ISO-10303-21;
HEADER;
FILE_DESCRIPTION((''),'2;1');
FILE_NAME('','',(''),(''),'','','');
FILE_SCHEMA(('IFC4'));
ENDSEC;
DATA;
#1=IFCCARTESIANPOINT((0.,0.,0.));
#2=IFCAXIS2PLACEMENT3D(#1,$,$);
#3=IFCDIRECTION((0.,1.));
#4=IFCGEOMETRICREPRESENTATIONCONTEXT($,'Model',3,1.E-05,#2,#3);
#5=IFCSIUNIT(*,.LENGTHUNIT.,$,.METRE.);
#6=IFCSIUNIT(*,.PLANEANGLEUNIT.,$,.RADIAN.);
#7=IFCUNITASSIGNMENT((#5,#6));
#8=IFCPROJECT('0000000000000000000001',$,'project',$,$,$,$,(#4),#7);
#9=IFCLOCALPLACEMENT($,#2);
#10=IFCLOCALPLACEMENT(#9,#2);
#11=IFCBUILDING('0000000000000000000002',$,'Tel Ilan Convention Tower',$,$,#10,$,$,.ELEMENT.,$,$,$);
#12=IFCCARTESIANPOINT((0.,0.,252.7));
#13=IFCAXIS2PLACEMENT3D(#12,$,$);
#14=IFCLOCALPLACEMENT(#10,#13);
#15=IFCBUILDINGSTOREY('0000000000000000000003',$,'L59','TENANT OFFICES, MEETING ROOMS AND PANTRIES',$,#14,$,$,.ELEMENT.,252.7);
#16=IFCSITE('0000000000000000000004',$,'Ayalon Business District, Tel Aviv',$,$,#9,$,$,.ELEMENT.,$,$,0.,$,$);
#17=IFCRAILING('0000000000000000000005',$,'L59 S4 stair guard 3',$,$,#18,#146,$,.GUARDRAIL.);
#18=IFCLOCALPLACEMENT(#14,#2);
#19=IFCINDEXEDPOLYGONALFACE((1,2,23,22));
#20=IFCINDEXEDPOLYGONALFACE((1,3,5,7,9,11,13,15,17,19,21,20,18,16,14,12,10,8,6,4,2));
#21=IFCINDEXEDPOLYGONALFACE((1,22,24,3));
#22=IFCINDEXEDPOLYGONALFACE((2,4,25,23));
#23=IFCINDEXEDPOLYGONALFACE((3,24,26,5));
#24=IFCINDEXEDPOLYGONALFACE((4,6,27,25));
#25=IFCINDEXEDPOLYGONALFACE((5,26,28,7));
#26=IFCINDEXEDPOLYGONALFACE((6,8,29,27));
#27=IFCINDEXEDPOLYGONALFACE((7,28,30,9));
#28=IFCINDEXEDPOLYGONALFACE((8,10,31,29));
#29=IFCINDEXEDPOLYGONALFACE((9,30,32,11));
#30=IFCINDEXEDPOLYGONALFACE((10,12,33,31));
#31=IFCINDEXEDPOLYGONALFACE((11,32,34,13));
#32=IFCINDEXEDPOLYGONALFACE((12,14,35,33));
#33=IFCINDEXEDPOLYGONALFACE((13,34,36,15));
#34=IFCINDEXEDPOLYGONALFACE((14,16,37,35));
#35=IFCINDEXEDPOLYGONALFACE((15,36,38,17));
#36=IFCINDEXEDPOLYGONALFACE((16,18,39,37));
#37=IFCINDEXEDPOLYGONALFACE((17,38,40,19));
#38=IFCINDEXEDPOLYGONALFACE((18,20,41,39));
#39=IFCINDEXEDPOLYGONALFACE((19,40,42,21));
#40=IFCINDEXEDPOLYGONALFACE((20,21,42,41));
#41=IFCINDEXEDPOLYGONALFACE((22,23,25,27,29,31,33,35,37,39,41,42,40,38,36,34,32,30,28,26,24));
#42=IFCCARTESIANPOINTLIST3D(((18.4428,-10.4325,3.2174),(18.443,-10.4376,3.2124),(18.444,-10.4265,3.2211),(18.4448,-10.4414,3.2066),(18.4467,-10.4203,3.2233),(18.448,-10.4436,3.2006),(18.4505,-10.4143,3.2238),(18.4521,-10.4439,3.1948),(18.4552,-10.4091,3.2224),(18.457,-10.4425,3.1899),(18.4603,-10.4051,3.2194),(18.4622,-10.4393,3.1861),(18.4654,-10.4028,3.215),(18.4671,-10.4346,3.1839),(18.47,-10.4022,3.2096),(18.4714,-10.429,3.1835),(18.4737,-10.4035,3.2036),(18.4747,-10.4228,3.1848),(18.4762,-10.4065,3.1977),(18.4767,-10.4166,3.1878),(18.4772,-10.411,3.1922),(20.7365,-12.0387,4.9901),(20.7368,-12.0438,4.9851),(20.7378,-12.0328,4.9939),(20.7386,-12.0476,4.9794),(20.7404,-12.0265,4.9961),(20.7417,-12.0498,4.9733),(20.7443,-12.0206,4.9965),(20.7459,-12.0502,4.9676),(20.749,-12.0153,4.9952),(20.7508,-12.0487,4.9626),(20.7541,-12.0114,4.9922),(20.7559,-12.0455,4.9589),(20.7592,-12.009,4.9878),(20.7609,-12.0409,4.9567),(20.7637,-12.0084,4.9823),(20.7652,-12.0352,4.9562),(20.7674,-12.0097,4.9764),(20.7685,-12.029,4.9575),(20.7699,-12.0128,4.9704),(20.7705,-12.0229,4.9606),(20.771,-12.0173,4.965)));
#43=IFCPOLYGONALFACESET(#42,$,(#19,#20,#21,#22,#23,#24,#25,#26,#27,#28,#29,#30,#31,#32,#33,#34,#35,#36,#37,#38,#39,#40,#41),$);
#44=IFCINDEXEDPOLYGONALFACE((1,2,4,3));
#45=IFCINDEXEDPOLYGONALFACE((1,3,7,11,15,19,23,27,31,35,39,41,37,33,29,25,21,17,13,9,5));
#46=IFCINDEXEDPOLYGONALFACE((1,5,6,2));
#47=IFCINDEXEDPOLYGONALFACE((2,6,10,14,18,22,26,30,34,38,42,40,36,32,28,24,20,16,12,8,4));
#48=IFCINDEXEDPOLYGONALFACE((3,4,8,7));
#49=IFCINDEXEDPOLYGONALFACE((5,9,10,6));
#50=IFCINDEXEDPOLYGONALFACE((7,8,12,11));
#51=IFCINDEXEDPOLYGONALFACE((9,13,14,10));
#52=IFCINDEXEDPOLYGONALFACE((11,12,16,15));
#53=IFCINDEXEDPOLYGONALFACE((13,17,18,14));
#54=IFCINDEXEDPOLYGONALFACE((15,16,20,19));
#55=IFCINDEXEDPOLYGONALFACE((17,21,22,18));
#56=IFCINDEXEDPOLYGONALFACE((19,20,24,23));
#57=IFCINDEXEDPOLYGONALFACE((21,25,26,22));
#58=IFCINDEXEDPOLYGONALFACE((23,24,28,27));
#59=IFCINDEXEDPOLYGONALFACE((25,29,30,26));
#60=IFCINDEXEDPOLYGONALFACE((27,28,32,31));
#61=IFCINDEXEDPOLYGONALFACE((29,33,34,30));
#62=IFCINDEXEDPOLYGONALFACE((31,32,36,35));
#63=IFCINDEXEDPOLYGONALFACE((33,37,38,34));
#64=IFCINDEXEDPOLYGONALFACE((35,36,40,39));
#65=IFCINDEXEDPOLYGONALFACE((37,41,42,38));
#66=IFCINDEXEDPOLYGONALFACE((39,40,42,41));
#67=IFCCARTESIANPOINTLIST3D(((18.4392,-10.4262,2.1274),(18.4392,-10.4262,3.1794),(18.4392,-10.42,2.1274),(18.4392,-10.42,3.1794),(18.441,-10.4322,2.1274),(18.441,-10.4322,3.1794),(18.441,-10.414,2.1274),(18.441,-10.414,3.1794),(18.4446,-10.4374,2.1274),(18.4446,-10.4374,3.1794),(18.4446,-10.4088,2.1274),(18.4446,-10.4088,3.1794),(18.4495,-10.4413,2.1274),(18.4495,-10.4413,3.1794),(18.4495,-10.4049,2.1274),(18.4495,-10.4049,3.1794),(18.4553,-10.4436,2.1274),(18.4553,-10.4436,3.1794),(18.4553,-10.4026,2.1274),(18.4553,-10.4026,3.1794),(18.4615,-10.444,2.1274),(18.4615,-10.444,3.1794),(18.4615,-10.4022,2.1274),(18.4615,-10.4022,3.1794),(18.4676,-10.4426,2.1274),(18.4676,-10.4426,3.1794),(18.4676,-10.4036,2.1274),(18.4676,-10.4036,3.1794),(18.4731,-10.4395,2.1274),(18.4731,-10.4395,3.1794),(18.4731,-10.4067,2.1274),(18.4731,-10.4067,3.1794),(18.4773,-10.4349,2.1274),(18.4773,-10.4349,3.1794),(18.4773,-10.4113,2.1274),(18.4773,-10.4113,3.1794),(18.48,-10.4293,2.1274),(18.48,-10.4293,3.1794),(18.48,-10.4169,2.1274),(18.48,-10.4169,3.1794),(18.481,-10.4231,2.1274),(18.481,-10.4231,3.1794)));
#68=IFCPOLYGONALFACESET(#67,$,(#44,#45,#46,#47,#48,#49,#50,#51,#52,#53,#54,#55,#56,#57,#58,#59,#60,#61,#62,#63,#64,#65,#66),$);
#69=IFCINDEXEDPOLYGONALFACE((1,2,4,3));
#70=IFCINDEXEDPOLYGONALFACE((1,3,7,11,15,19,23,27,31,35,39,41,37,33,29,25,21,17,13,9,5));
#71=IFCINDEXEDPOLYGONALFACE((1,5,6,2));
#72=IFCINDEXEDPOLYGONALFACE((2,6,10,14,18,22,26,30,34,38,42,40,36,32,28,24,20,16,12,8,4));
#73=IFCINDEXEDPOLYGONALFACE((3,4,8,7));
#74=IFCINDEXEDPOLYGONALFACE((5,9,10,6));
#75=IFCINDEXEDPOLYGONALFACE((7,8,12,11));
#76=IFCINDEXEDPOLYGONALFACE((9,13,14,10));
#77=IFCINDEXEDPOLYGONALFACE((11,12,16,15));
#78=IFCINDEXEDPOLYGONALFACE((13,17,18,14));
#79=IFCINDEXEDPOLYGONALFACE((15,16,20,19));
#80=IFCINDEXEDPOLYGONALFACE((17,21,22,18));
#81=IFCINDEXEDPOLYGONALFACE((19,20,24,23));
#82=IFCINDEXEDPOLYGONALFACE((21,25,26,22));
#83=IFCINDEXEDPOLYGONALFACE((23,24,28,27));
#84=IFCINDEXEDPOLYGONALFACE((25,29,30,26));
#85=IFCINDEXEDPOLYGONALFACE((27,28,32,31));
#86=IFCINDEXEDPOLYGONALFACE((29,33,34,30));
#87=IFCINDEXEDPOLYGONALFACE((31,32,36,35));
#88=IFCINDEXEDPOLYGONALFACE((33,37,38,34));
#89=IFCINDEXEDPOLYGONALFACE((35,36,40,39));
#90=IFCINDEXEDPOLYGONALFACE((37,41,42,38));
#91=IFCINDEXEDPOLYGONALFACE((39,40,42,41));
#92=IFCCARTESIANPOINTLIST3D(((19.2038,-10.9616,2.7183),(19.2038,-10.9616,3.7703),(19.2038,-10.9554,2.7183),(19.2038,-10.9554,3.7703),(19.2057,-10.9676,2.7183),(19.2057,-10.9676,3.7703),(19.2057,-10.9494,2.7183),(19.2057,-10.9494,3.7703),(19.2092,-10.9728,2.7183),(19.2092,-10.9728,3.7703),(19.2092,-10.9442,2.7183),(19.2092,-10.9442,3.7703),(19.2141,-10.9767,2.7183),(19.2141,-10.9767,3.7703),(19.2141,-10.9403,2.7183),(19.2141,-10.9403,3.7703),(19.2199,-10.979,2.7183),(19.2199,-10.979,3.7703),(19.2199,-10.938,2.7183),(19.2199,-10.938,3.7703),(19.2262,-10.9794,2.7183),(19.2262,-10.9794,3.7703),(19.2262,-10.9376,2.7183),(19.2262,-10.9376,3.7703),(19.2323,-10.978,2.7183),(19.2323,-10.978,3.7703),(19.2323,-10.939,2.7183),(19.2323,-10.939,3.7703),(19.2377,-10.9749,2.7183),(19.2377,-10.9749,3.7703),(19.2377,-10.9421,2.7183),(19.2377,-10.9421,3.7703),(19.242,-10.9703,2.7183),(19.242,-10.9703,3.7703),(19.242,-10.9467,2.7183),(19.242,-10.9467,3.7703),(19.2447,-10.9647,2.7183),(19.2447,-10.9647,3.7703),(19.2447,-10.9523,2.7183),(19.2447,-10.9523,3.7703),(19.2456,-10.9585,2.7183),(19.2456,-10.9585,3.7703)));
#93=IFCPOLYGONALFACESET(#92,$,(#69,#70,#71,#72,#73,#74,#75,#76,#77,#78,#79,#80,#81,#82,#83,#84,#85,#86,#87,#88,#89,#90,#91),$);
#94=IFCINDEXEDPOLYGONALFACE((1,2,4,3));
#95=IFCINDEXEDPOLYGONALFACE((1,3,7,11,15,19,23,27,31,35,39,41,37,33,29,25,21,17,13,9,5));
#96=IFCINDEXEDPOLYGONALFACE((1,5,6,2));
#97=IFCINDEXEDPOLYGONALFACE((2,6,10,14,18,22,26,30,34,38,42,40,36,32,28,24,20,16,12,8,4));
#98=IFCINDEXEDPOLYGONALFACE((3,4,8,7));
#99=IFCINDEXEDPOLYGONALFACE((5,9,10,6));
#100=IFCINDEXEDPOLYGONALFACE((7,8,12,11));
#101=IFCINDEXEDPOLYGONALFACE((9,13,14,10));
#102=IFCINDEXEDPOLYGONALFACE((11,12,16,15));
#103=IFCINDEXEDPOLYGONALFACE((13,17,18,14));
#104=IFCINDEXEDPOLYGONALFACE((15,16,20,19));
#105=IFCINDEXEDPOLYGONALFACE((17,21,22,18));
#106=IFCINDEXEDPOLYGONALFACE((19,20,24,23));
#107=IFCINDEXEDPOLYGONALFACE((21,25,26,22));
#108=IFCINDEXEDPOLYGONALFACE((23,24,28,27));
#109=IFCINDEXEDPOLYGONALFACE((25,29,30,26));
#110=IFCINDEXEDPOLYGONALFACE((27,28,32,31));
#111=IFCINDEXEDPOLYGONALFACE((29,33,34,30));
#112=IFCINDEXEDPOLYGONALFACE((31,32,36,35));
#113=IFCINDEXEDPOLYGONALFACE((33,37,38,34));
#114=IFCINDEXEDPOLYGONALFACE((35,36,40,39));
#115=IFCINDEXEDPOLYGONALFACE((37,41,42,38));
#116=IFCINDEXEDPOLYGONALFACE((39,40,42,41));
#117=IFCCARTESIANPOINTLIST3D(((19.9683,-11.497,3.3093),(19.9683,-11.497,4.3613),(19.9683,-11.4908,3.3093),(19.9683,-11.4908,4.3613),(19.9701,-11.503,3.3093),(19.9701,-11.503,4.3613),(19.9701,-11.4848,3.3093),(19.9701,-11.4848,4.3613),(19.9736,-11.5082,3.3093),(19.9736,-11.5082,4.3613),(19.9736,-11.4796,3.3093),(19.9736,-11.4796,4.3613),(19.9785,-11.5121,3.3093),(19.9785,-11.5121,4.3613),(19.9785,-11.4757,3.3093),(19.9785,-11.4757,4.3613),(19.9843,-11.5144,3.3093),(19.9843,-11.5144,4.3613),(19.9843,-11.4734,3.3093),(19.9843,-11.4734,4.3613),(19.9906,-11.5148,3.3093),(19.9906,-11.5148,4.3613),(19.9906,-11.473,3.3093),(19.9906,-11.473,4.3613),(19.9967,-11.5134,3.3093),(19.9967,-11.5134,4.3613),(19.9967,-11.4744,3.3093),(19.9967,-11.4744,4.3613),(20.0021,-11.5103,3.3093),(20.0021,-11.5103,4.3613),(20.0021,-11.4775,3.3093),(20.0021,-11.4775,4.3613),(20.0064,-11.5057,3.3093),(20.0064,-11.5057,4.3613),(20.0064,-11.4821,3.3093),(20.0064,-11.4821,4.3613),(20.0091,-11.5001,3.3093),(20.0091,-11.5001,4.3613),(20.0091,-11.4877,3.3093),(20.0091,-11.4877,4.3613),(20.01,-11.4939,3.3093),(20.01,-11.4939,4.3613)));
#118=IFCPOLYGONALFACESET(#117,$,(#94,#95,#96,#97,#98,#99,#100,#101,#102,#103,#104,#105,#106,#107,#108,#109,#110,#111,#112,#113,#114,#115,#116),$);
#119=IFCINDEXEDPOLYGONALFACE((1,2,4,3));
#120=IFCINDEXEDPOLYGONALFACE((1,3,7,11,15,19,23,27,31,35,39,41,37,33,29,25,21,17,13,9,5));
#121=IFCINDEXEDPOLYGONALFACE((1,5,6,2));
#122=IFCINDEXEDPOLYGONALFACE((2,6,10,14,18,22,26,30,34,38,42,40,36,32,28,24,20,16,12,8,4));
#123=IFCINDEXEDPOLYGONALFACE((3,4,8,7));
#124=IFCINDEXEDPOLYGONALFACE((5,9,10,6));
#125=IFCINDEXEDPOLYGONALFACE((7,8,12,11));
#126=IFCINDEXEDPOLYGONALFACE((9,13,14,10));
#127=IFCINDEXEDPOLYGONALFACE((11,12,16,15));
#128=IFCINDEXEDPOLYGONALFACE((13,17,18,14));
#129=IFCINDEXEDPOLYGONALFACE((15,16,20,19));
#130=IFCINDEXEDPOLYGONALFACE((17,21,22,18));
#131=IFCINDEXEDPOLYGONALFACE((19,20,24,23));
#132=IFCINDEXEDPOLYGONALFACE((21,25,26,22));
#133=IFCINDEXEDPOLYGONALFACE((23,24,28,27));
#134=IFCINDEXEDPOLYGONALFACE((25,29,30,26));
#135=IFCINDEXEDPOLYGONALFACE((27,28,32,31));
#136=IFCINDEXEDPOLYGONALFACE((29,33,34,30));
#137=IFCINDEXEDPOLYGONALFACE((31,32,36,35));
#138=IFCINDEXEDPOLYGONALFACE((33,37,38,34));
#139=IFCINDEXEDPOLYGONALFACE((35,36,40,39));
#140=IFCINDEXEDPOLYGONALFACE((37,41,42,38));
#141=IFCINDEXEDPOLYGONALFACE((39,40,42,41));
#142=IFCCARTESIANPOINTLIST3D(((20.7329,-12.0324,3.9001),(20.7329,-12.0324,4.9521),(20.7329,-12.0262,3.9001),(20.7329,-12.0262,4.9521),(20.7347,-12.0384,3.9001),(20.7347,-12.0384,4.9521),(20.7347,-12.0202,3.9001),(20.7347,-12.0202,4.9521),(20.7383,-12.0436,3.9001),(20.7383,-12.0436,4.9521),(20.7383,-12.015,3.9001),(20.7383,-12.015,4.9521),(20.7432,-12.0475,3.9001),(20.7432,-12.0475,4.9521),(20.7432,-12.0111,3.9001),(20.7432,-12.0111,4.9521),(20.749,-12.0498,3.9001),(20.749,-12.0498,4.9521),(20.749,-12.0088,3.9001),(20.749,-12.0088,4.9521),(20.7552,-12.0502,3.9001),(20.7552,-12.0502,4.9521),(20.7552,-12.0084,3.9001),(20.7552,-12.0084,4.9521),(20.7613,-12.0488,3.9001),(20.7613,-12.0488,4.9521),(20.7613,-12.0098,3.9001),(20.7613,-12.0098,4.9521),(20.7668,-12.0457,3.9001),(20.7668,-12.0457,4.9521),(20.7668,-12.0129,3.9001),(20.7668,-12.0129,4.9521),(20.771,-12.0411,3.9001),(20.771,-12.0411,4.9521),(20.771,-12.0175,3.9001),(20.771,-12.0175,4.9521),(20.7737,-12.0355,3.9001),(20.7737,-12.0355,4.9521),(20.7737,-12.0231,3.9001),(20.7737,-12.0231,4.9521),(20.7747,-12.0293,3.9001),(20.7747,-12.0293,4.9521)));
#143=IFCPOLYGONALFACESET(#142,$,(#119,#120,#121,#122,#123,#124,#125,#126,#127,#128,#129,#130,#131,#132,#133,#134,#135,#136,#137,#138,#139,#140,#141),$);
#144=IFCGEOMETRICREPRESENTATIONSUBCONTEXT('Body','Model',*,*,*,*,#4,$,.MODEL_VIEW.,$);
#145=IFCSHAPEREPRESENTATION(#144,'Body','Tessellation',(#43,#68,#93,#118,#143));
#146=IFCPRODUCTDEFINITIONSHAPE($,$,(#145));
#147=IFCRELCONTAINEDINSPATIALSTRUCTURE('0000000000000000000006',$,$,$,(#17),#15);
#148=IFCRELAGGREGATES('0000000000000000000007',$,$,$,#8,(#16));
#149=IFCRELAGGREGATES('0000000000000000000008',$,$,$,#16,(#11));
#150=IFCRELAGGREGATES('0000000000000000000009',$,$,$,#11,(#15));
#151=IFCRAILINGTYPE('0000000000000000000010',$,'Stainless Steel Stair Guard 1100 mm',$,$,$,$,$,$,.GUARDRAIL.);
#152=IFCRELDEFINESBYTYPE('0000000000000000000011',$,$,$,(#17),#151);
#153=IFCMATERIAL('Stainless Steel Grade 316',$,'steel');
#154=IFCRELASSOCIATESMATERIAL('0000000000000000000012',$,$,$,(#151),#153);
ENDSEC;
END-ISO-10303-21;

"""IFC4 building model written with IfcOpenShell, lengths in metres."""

from ifc_helpers import new_model, si_unit, direction, frame, origin, origin_2d, place, context, subcontext, project, spatial, circle, extrude, material, type_object, element, save


model = new_model("IFC4")

# Units and contexts
model_context = context("Model", 3, precision=1e-05, world=origin(), true_north=direction((0.0, 1.0)))
body_context = subcontext(model_context, "Body", "Model", "MODEL_VIEW")
ifc_project = project(units=[si_unit("LENGTHUNIT", "METRE"), si_unit("PLANEANGLEUNIT", "RADIAN")], contexts=[model_context])

# Site, building, storey
site_placement = place(None, origin())
site = spatial("IfcSite", under=ifc_project, at=site_placement, Name="Ayalon Business District, Tel Aviv", CompositionType="ELEMENT", RefElevation=0.0)
building_placement = place(site_placement, origin())
building = spatial("IfcBuilding", under=site, at=building_placement, Name="Tel Ilan Convention Tower", CompositionType="ELEMENT")
storey_placement = place(building_placement, frame((0.0, 0.0, 252.7)))
storey = spatial("IfcBuildingStorey", under=building, at=storey_placement, Name="L59", Description="TENANT OFFICES, MEETING ROOMS AND PANTRIES", CompositionType="ELEMENT", Elevation=252.7)

# Railing
ifc_material_1 = material(Name="Stainless Steel Grade 316", Category="steel")
railing_type_1 = type_object("IfcRailingType", Name="Stainless Steel Stair Guard 1100 mm", PredefinedType="GUARDRAIL", material=ifc_material_1)
railing_1_placement = place(storey_placement, frame((18.46, -10.4231, 2.1274)))
element("IfcRailing", 1, at=railing_1_placement, inside=storey, type_object=railing_type_1, Name="L59 S4 stair guard 3", PredefinedType="GUARDRAIL", context=body_context, shape_type="SweptSolid", body=[
    extrude(circle(Radius=0.0239, at=origin_2d()), frame((0.0, 0.0, 1.0762), z_axis=(0.692098, -0.484653, 0.534894), x_axis=(0.573609, 0.81913, 0.0)), (0.0, 0.0, 1.0), 3.3142),
    extrude(circle(Radius=0.021, at=origin_2d()), origin(), (0.0, 0.0, 1.0), 1.052),
    extrude(circle(Radius=0.021, at=origin_2d()), frame((0.7646, -0.5354, 0.5908)), (0.0, 0.0, 1.0), 1.052),
    extrude(circle(Radius=0.021, at=origin_2d()), frame((1.5291, -1.0708, 1.1819)), (0.0, 0.0, 1.0), 1.052),
    extrude(circle(Radius=0.021, at=origin_2d()), frame((2.2937, -1.6062, 1.7727)), (0.0, 0.0, 1.0), 1.052),
])

save(model, "model.ifc")
